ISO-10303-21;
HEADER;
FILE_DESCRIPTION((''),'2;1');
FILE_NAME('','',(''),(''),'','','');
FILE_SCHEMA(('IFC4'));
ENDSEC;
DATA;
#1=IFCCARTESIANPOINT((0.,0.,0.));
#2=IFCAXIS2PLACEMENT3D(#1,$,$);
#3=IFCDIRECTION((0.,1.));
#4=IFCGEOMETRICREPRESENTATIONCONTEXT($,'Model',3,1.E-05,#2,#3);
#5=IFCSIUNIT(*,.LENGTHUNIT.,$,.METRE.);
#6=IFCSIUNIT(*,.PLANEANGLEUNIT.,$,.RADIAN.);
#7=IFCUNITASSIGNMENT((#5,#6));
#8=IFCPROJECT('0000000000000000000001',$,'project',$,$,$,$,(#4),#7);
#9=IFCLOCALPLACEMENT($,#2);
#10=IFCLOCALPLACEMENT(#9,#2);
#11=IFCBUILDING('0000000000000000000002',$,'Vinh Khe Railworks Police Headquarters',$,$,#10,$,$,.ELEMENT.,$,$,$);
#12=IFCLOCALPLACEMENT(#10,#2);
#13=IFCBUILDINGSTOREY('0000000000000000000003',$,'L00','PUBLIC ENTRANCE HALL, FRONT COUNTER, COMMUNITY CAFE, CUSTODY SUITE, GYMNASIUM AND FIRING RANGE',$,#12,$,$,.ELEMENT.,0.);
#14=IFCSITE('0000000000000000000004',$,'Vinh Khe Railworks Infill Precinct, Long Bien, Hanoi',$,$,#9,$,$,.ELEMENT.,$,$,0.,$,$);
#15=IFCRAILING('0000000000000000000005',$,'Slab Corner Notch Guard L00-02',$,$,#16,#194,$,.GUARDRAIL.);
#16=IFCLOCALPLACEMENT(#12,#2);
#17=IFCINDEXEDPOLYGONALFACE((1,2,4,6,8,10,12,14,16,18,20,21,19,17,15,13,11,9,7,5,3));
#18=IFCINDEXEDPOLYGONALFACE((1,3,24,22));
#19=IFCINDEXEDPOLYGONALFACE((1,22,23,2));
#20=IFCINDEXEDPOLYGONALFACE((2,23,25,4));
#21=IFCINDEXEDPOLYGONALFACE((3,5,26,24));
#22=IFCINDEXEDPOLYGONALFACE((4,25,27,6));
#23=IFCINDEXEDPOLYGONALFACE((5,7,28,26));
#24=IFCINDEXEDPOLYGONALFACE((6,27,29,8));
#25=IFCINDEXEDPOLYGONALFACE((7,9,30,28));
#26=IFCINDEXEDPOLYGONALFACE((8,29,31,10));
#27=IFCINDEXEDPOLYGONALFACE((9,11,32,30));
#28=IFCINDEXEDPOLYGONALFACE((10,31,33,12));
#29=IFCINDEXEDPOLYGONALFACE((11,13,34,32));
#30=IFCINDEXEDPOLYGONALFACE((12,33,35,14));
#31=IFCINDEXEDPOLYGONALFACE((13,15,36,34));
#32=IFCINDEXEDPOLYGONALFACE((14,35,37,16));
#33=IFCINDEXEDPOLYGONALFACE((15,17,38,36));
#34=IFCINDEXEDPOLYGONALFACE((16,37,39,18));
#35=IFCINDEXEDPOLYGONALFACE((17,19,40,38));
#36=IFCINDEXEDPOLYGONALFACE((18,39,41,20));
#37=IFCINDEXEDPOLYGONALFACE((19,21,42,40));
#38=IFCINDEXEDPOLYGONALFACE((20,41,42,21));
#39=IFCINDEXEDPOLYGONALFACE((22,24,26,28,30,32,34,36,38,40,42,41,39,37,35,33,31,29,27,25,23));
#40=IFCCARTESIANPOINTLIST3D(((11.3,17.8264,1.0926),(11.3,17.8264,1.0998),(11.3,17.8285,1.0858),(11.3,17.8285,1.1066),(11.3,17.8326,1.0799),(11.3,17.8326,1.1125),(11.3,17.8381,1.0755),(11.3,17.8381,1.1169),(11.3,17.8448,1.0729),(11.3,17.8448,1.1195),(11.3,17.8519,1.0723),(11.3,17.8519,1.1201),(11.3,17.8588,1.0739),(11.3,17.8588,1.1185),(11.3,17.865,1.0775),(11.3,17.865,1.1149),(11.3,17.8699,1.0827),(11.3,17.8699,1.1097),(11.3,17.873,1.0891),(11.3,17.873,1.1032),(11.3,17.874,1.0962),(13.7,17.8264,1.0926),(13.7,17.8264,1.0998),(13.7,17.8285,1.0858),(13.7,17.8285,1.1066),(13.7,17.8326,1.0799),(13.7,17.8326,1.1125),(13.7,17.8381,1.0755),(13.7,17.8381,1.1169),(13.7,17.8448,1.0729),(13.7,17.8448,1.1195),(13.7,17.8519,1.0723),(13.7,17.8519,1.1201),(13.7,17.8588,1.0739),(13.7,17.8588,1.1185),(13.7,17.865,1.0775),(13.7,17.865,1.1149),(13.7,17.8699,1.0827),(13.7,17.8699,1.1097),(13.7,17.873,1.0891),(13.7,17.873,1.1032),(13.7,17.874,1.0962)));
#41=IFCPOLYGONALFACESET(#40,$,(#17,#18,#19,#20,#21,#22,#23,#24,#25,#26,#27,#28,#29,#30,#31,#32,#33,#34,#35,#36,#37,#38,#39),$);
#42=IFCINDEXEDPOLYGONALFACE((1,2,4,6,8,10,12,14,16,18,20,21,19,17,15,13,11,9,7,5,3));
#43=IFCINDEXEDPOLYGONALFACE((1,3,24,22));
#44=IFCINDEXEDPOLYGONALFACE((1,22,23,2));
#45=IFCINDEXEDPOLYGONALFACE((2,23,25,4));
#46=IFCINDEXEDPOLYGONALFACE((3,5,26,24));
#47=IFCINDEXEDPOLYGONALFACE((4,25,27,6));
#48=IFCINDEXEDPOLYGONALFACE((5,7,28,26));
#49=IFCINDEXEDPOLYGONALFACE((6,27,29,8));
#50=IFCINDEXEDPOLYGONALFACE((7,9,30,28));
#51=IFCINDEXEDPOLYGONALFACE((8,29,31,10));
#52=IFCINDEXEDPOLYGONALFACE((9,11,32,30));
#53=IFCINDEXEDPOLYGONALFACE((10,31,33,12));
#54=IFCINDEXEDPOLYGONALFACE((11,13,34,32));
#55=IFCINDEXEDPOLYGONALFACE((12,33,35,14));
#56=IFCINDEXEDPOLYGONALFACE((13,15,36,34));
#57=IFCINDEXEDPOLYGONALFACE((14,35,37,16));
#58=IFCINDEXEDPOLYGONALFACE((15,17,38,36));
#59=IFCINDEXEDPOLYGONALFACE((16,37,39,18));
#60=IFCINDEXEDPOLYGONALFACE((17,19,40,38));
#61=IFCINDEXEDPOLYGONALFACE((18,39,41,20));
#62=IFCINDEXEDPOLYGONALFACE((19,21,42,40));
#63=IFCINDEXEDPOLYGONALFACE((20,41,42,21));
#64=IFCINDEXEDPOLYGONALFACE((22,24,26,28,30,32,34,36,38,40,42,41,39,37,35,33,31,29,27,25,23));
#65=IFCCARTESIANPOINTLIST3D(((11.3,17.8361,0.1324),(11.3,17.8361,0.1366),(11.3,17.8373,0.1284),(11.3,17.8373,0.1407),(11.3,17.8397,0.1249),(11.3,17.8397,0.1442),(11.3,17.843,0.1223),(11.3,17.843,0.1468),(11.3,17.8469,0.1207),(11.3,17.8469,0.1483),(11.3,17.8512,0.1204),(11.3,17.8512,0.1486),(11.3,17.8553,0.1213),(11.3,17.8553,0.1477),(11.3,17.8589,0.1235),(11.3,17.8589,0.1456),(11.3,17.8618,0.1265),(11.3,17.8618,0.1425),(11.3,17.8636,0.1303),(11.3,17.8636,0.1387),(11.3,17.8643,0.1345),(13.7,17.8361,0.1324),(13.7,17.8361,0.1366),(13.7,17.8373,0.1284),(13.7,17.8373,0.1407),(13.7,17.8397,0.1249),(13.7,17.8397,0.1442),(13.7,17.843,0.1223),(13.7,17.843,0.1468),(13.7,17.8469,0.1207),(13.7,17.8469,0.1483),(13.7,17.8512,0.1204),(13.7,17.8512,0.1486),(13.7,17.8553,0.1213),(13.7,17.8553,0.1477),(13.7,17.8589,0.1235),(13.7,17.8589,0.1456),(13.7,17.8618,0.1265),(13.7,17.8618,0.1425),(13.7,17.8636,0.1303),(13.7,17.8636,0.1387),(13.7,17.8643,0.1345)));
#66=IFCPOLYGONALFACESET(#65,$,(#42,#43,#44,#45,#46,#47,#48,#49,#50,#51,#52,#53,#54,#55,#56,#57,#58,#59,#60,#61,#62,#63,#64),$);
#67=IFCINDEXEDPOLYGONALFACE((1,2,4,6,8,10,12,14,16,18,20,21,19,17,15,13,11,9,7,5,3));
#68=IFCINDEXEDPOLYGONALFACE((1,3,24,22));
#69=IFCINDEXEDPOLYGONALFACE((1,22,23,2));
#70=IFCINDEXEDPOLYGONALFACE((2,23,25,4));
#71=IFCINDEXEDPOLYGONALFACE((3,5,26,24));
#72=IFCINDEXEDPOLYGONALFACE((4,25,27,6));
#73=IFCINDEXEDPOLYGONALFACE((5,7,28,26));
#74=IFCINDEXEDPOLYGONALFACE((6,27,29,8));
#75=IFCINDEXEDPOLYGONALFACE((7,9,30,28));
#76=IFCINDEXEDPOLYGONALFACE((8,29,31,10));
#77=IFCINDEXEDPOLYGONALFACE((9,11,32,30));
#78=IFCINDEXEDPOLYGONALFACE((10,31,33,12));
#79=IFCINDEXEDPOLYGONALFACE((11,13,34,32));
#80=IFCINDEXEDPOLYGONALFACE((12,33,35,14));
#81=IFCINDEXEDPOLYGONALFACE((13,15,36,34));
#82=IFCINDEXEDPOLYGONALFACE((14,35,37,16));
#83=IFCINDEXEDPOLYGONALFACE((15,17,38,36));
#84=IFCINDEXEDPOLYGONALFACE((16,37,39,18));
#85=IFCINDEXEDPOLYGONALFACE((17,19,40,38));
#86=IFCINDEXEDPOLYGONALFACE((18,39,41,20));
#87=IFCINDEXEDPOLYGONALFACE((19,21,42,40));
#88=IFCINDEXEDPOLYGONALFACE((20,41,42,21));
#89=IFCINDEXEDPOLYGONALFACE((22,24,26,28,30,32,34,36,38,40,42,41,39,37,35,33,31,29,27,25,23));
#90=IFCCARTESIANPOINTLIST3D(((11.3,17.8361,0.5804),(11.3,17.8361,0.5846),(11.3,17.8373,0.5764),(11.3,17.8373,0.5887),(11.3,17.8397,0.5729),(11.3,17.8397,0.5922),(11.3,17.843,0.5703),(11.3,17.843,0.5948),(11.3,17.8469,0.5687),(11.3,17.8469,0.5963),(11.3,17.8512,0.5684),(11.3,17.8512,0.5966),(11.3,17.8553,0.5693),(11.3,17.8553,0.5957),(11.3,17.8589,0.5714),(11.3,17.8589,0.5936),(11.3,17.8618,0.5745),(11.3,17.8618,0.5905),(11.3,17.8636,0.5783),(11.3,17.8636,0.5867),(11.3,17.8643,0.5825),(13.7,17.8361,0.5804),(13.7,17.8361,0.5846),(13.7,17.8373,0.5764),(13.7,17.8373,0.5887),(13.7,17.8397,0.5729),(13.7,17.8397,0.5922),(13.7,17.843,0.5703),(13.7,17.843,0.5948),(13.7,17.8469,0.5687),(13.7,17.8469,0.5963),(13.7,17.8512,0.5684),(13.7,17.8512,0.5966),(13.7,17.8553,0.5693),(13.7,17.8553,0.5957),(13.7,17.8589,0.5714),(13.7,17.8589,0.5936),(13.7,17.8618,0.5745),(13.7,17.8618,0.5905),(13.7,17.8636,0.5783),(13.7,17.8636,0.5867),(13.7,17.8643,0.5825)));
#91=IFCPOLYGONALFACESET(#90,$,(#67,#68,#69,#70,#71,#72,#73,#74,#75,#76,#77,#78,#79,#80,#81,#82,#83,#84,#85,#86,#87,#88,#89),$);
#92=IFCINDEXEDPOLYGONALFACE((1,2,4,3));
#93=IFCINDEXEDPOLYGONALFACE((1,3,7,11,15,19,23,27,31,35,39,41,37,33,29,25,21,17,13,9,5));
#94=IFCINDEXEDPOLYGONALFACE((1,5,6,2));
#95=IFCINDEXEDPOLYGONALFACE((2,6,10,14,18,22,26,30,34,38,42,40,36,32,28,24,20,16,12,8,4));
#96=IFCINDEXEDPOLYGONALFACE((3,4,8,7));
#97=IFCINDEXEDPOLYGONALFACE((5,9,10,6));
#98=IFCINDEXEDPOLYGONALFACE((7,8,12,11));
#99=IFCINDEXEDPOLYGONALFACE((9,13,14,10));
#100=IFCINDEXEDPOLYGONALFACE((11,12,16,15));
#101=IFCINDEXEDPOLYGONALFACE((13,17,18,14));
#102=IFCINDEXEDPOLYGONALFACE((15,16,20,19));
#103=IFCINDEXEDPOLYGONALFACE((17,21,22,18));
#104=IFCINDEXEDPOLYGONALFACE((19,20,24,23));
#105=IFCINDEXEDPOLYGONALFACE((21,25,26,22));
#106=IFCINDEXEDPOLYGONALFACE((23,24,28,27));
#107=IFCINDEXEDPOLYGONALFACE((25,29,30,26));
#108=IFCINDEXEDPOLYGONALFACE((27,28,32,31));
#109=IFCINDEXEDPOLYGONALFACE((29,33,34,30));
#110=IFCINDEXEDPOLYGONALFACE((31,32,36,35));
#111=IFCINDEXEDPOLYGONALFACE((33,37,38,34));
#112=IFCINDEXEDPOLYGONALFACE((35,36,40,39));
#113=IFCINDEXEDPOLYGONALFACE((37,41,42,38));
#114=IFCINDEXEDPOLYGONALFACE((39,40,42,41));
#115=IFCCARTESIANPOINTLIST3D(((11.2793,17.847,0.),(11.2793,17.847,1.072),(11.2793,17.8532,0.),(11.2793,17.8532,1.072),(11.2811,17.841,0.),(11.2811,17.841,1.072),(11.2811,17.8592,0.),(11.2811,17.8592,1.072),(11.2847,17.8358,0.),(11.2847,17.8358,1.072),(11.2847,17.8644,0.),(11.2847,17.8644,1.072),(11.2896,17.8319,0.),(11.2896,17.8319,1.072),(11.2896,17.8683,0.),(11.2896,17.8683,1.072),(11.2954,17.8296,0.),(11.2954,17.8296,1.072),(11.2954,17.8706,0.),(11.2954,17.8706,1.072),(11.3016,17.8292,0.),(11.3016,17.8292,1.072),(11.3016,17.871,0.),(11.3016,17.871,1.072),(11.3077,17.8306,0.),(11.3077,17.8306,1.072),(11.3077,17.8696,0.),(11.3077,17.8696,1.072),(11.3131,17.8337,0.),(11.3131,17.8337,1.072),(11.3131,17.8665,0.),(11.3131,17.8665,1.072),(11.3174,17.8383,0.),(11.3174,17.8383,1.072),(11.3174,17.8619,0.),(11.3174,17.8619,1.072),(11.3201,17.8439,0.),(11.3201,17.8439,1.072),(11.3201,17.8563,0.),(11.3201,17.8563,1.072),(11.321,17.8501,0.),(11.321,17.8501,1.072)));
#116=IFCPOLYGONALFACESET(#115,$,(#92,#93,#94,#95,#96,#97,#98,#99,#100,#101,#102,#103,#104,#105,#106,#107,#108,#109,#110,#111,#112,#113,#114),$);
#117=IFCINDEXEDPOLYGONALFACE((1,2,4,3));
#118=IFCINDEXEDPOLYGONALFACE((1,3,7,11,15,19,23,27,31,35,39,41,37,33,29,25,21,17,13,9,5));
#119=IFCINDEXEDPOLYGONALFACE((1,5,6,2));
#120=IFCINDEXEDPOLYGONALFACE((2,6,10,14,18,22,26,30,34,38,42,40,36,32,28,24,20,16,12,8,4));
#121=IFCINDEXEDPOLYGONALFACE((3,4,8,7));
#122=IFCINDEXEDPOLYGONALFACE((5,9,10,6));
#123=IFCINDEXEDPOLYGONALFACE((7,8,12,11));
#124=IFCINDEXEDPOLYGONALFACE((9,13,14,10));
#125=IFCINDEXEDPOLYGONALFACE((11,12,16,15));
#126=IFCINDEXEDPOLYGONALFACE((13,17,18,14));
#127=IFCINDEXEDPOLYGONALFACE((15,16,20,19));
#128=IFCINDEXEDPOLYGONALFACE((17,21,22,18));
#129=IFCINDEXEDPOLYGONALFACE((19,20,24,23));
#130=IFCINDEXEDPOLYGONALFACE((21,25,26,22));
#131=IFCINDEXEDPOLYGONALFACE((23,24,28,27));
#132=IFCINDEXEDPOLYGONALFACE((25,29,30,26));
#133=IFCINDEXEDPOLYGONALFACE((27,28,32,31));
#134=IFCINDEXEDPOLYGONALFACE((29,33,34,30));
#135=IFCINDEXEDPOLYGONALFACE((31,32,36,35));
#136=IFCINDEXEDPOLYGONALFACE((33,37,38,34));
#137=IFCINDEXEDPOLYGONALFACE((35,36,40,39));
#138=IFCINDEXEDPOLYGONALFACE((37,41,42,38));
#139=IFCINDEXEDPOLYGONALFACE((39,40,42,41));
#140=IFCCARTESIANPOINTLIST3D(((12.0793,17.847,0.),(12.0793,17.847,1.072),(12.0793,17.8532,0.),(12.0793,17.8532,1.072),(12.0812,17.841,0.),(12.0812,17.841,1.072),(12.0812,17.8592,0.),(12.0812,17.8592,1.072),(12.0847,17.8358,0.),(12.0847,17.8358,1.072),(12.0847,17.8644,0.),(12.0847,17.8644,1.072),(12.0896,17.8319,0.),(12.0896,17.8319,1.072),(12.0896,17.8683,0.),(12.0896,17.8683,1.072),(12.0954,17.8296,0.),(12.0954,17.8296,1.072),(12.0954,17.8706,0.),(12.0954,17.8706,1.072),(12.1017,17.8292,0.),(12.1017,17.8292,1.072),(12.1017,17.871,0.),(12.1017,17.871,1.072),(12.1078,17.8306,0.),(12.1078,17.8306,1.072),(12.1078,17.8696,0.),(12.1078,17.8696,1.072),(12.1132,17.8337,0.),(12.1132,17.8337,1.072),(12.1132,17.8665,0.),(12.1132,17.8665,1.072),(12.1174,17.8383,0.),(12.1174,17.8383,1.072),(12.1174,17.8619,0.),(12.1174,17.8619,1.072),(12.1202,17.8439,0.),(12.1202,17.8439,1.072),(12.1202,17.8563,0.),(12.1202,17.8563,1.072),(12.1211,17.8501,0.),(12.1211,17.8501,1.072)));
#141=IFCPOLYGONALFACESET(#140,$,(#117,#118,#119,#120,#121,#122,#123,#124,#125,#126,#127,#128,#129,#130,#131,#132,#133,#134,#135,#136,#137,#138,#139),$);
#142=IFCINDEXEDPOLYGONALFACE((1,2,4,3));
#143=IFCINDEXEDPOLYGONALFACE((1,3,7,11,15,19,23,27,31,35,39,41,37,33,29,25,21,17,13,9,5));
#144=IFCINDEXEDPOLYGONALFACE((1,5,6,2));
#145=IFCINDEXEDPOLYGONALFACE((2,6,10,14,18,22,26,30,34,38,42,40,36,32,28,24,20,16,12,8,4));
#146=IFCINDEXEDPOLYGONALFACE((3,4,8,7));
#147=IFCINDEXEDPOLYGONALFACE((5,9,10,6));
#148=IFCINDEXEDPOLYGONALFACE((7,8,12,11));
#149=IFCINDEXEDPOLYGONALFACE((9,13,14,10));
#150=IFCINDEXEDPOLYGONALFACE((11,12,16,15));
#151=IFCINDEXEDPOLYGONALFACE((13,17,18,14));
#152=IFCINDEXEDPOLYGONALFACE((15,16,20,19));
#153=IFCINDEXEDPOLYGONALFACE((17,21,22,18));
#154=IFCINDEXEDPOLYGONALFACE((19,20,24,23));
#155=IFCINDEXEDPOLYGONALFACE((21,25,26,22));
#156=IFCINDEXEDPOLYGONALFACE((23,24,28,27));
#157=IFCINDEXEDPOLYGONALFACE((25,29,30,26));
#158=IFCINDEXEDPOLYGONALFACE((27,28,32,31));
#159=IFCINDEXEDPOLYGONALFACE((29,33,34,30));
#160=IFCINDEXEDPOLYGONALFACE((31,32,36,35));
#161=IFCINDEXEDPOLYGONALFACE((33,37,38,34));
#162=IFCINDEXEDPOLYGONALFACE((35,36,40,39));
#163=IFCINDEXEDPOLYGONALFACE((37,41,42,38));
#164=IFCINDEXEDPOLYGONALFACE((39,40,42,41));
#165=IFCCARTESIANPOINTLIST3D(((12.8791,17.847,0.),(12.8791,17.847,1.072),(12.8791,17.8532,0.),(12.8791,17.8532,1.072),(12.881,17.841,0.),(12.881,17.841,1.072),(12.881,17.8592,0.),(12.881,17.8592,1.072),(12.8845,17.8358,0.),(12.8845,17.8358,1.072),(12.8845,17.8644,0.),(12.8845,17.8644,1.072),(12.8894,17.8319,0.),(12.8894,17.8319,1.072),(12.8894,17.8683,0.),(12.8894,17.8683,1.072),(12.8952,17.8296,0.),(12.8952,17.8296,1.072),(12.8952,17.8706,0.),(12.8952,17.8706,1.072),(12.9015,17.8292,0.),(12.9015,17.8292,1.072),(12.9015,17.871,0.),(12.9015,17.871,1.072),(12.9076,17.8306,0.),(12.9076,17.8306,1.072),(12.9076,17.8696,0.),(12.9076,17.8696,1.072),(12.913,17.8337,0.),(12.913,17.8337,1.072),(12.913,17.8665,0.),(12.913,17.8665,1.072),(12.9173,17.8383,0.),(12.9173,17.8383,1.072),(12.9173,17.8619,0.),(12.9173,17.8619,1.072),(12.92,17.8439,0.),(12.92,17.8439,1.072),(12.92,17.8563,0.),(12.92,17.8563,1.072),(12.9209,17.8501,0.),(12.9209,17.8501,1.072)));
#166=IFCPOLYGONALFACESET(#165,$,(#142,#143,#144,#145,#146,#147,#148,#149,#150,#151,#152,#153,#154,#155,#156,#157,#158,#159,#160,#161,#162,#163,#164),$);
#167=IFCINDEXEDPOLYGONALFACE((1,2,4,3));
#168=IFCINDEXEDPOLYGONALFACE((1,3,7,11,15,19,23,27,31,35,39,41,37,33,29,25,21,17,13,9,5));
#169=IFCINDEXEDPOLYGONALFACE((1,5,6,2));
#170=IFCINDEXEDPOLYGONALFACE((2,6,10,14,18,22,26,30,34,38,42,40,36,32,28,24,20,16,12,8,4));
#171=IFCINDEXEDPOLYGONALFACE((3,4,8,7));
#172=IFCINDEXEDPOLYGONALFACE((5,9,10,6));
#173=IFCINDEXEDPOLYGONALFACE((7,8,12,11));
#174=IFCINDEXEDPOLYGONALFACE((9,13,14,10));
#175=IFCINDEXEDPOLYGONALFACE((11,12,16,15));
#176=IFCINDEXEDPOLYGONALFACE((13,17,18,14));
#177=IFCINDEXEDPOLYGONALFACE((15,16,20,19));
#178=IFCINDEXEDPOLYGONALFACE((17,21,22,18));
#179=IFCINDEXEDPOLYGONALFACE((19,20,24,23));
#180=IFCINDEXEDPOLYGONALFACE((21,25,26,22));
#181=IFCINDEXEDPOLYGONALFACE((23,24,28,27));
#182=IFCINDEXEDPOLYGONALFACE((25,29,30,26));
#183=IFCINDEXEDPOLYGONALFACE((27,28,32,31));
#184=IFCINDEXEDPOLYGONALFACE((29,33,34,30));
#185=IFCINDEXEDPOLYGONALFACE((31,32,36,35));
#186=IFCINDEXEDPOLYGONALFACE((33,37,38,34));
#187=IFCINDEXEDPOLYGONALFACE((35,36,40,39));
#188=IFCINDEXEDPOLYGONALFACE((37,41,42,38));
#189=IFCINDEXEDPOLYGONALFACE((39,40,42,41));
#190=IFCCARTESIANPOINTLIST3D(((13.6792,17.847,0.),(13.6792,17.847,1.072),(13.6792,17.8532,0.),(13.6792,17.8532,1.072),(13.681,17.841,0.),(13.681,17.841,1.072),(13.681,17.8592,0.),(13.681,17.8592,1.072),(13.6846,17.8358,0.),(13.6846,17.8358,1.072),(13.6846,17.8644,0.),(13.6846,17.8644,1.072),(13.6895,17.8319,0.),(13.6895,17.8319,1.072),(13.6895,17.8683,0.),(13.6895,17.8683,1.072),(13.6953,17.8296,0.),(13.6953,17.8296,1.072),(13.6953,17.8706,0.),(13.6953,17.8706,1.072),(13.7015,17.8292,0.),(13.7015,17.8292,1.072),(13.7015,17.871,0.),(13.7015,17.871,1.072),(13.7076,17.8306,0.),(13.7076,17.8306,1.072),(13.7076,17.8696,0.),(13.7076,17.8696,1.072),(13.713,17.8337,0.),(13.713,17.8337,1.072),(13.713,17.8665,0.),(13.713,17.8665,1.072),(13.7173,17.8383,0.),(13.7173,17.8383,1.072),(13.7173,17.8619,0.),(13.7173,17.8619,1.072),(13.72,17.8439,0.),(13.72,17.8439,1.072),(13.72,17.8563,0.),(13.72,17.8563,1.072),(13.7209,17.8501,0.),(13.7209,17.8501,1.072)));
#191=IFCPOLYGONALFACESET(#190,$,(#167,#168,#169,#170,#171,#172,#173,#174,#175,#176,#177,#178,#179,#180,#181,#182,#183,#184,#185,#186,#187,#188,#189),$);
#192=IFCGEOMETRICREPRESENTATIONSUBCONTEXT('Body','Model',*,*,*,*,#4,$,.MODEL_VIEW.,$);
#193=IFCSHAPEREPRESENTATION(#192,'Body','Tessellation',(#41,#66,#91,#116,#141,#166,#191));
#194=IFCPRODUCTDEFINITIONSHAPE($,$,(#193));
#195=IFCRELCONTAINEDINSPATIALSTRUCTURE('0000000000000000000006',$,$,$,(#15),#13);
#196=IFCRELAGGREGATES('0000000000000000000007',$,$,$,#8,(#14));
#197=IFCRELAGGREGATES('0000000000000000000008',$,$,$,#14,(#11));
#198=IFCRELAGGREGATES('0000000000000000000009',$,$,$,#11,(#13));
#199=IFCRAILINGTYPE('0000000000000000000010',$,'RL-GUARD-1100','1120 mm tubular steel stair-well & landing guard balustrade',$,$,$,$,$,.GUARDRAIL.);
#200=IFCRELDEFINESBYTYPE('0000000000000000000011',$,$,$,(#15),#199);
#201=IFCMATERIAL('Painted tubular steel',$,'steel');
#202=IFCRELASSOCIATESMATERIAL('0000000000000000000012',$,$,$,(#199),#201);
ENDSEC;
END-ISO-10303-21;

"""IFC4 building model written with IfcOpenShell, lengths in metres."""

from ifc_helpers import new_model, si_unit, direction, frame, origin, origin_2d, place, context, subcontext, project, spatial, circle, extrude, material, type_object, element, save


model = new_model("IFC4")

# Units and contexts
model_context = context("Model", 3, precision=1e-05, world=origin(), true_north=direction((0.0, 1.0)))
body_context = subcontext(model_context, "Body", "Model", "MODEL_VIEW")
ifc_project = project(units=[si_unit("LENGTHUNIT", "METRE"), si_unit("PLANEANGLEUNIT", "RADIAN")], contexts=[model_context])

# Site, building, storey
site_placement = place(None, origin())
site = spatial("IfcSite", under=ifc_project, at=site_placement, Name="Vinh Khe Railworks Infill Precinct, Long Bien, Hanoi", CompositionType="ELEMENT", RefElevation=0.0)
building_placement = place(site_placement, origin())
building = spatial("IfcBuilding", under=site, at=building_placement, Name="Vinh Khe Railworks Police Headquarters", CompositionType="ELEMENT")
storey_placement = place(building_placement, origin())
storey = spatial("IfcBuildingStorey", under=building, at=storey_placement, Name="L00", Description="PUBLIC ENTRANCE HALL, FRONT COUNTER, COMMUNITY CAFE, CUSTODY SUITE, GYMNASIUM AND FIRING RANGE", CompositionType="ELEMENT", Elevation=0.0)

# Railing
ifc_material_1 = material(Name="Painted tubular steel", Category="steel")
railing_type_1 = type_object("IfcRailingType", Name="RL-GUARD-1100", Description="1120 mm tubular steel stair-well & landing guard balustrade", PredefinedType="GUARDRAIL", material=ifc_material_1)
railing_1_placement = place(storey_placement, frame((11.3, 17.8501, 0.0)))
element("IfcRailing", 1, at=railing_1_placement, inside=storey, type_object=railing_type_1, Name="Slab Corner Notch Guard L00-02", PredefinedType="GUARDRAIL", context=body_context, shape_type="SweptSolid", body=[
    extrude(circle(Radius=0.0239, at=origin_2d()), frame((0.0, 0.0, 1.0962), z_axis=(1.0, 0.0, 0.0), x_axis=(0.0, 1.0, 0.0)), (0.0, 0.0, 1.0), 2.3999),
    extrude(circle(Radius=0.0142, at=origin_2d()), frame((0.0, 0.0, 0.1345), z_axis=(1.0, 0.0, 0.0), x_axis=(0.0, 1.0, 0.0)), (0.0, 0.0, 1.0), 2.3999),
    extrude(circle(Radius=0.0142, at=origin_2d()), frame((0.0, 0.0, 0.5825), z_axis=(1.0, 0.0, 0.0), x_axis=(0.0, 1.0, 0.0)), (0.0, 0.0, 1.0), 2.3999),
    extrude(circle(Radius=0.021, at=origin_2d()), origin(), (0.0, 0.0, 1.0), 1.072),
    extrude(circle(Radius=0.021, at=origin_2d()), frame((0.8, 0.0, 0.0)), (0.0, 0.0, 1.0), 1.072),
    extrude(circle(Radius=0.021, at=origin_2d()), frame((1.5999, 0.0, 0.0)), (0.0, 0.0, 1.0), 1.072),
    extrude(circle(Radius=0.021, at=origin_2d()), frame((2.3999, 0.0, 0.0)), (0.0, 0.0, 1.0), 1.072),
])

save(model, "model.ifc")
